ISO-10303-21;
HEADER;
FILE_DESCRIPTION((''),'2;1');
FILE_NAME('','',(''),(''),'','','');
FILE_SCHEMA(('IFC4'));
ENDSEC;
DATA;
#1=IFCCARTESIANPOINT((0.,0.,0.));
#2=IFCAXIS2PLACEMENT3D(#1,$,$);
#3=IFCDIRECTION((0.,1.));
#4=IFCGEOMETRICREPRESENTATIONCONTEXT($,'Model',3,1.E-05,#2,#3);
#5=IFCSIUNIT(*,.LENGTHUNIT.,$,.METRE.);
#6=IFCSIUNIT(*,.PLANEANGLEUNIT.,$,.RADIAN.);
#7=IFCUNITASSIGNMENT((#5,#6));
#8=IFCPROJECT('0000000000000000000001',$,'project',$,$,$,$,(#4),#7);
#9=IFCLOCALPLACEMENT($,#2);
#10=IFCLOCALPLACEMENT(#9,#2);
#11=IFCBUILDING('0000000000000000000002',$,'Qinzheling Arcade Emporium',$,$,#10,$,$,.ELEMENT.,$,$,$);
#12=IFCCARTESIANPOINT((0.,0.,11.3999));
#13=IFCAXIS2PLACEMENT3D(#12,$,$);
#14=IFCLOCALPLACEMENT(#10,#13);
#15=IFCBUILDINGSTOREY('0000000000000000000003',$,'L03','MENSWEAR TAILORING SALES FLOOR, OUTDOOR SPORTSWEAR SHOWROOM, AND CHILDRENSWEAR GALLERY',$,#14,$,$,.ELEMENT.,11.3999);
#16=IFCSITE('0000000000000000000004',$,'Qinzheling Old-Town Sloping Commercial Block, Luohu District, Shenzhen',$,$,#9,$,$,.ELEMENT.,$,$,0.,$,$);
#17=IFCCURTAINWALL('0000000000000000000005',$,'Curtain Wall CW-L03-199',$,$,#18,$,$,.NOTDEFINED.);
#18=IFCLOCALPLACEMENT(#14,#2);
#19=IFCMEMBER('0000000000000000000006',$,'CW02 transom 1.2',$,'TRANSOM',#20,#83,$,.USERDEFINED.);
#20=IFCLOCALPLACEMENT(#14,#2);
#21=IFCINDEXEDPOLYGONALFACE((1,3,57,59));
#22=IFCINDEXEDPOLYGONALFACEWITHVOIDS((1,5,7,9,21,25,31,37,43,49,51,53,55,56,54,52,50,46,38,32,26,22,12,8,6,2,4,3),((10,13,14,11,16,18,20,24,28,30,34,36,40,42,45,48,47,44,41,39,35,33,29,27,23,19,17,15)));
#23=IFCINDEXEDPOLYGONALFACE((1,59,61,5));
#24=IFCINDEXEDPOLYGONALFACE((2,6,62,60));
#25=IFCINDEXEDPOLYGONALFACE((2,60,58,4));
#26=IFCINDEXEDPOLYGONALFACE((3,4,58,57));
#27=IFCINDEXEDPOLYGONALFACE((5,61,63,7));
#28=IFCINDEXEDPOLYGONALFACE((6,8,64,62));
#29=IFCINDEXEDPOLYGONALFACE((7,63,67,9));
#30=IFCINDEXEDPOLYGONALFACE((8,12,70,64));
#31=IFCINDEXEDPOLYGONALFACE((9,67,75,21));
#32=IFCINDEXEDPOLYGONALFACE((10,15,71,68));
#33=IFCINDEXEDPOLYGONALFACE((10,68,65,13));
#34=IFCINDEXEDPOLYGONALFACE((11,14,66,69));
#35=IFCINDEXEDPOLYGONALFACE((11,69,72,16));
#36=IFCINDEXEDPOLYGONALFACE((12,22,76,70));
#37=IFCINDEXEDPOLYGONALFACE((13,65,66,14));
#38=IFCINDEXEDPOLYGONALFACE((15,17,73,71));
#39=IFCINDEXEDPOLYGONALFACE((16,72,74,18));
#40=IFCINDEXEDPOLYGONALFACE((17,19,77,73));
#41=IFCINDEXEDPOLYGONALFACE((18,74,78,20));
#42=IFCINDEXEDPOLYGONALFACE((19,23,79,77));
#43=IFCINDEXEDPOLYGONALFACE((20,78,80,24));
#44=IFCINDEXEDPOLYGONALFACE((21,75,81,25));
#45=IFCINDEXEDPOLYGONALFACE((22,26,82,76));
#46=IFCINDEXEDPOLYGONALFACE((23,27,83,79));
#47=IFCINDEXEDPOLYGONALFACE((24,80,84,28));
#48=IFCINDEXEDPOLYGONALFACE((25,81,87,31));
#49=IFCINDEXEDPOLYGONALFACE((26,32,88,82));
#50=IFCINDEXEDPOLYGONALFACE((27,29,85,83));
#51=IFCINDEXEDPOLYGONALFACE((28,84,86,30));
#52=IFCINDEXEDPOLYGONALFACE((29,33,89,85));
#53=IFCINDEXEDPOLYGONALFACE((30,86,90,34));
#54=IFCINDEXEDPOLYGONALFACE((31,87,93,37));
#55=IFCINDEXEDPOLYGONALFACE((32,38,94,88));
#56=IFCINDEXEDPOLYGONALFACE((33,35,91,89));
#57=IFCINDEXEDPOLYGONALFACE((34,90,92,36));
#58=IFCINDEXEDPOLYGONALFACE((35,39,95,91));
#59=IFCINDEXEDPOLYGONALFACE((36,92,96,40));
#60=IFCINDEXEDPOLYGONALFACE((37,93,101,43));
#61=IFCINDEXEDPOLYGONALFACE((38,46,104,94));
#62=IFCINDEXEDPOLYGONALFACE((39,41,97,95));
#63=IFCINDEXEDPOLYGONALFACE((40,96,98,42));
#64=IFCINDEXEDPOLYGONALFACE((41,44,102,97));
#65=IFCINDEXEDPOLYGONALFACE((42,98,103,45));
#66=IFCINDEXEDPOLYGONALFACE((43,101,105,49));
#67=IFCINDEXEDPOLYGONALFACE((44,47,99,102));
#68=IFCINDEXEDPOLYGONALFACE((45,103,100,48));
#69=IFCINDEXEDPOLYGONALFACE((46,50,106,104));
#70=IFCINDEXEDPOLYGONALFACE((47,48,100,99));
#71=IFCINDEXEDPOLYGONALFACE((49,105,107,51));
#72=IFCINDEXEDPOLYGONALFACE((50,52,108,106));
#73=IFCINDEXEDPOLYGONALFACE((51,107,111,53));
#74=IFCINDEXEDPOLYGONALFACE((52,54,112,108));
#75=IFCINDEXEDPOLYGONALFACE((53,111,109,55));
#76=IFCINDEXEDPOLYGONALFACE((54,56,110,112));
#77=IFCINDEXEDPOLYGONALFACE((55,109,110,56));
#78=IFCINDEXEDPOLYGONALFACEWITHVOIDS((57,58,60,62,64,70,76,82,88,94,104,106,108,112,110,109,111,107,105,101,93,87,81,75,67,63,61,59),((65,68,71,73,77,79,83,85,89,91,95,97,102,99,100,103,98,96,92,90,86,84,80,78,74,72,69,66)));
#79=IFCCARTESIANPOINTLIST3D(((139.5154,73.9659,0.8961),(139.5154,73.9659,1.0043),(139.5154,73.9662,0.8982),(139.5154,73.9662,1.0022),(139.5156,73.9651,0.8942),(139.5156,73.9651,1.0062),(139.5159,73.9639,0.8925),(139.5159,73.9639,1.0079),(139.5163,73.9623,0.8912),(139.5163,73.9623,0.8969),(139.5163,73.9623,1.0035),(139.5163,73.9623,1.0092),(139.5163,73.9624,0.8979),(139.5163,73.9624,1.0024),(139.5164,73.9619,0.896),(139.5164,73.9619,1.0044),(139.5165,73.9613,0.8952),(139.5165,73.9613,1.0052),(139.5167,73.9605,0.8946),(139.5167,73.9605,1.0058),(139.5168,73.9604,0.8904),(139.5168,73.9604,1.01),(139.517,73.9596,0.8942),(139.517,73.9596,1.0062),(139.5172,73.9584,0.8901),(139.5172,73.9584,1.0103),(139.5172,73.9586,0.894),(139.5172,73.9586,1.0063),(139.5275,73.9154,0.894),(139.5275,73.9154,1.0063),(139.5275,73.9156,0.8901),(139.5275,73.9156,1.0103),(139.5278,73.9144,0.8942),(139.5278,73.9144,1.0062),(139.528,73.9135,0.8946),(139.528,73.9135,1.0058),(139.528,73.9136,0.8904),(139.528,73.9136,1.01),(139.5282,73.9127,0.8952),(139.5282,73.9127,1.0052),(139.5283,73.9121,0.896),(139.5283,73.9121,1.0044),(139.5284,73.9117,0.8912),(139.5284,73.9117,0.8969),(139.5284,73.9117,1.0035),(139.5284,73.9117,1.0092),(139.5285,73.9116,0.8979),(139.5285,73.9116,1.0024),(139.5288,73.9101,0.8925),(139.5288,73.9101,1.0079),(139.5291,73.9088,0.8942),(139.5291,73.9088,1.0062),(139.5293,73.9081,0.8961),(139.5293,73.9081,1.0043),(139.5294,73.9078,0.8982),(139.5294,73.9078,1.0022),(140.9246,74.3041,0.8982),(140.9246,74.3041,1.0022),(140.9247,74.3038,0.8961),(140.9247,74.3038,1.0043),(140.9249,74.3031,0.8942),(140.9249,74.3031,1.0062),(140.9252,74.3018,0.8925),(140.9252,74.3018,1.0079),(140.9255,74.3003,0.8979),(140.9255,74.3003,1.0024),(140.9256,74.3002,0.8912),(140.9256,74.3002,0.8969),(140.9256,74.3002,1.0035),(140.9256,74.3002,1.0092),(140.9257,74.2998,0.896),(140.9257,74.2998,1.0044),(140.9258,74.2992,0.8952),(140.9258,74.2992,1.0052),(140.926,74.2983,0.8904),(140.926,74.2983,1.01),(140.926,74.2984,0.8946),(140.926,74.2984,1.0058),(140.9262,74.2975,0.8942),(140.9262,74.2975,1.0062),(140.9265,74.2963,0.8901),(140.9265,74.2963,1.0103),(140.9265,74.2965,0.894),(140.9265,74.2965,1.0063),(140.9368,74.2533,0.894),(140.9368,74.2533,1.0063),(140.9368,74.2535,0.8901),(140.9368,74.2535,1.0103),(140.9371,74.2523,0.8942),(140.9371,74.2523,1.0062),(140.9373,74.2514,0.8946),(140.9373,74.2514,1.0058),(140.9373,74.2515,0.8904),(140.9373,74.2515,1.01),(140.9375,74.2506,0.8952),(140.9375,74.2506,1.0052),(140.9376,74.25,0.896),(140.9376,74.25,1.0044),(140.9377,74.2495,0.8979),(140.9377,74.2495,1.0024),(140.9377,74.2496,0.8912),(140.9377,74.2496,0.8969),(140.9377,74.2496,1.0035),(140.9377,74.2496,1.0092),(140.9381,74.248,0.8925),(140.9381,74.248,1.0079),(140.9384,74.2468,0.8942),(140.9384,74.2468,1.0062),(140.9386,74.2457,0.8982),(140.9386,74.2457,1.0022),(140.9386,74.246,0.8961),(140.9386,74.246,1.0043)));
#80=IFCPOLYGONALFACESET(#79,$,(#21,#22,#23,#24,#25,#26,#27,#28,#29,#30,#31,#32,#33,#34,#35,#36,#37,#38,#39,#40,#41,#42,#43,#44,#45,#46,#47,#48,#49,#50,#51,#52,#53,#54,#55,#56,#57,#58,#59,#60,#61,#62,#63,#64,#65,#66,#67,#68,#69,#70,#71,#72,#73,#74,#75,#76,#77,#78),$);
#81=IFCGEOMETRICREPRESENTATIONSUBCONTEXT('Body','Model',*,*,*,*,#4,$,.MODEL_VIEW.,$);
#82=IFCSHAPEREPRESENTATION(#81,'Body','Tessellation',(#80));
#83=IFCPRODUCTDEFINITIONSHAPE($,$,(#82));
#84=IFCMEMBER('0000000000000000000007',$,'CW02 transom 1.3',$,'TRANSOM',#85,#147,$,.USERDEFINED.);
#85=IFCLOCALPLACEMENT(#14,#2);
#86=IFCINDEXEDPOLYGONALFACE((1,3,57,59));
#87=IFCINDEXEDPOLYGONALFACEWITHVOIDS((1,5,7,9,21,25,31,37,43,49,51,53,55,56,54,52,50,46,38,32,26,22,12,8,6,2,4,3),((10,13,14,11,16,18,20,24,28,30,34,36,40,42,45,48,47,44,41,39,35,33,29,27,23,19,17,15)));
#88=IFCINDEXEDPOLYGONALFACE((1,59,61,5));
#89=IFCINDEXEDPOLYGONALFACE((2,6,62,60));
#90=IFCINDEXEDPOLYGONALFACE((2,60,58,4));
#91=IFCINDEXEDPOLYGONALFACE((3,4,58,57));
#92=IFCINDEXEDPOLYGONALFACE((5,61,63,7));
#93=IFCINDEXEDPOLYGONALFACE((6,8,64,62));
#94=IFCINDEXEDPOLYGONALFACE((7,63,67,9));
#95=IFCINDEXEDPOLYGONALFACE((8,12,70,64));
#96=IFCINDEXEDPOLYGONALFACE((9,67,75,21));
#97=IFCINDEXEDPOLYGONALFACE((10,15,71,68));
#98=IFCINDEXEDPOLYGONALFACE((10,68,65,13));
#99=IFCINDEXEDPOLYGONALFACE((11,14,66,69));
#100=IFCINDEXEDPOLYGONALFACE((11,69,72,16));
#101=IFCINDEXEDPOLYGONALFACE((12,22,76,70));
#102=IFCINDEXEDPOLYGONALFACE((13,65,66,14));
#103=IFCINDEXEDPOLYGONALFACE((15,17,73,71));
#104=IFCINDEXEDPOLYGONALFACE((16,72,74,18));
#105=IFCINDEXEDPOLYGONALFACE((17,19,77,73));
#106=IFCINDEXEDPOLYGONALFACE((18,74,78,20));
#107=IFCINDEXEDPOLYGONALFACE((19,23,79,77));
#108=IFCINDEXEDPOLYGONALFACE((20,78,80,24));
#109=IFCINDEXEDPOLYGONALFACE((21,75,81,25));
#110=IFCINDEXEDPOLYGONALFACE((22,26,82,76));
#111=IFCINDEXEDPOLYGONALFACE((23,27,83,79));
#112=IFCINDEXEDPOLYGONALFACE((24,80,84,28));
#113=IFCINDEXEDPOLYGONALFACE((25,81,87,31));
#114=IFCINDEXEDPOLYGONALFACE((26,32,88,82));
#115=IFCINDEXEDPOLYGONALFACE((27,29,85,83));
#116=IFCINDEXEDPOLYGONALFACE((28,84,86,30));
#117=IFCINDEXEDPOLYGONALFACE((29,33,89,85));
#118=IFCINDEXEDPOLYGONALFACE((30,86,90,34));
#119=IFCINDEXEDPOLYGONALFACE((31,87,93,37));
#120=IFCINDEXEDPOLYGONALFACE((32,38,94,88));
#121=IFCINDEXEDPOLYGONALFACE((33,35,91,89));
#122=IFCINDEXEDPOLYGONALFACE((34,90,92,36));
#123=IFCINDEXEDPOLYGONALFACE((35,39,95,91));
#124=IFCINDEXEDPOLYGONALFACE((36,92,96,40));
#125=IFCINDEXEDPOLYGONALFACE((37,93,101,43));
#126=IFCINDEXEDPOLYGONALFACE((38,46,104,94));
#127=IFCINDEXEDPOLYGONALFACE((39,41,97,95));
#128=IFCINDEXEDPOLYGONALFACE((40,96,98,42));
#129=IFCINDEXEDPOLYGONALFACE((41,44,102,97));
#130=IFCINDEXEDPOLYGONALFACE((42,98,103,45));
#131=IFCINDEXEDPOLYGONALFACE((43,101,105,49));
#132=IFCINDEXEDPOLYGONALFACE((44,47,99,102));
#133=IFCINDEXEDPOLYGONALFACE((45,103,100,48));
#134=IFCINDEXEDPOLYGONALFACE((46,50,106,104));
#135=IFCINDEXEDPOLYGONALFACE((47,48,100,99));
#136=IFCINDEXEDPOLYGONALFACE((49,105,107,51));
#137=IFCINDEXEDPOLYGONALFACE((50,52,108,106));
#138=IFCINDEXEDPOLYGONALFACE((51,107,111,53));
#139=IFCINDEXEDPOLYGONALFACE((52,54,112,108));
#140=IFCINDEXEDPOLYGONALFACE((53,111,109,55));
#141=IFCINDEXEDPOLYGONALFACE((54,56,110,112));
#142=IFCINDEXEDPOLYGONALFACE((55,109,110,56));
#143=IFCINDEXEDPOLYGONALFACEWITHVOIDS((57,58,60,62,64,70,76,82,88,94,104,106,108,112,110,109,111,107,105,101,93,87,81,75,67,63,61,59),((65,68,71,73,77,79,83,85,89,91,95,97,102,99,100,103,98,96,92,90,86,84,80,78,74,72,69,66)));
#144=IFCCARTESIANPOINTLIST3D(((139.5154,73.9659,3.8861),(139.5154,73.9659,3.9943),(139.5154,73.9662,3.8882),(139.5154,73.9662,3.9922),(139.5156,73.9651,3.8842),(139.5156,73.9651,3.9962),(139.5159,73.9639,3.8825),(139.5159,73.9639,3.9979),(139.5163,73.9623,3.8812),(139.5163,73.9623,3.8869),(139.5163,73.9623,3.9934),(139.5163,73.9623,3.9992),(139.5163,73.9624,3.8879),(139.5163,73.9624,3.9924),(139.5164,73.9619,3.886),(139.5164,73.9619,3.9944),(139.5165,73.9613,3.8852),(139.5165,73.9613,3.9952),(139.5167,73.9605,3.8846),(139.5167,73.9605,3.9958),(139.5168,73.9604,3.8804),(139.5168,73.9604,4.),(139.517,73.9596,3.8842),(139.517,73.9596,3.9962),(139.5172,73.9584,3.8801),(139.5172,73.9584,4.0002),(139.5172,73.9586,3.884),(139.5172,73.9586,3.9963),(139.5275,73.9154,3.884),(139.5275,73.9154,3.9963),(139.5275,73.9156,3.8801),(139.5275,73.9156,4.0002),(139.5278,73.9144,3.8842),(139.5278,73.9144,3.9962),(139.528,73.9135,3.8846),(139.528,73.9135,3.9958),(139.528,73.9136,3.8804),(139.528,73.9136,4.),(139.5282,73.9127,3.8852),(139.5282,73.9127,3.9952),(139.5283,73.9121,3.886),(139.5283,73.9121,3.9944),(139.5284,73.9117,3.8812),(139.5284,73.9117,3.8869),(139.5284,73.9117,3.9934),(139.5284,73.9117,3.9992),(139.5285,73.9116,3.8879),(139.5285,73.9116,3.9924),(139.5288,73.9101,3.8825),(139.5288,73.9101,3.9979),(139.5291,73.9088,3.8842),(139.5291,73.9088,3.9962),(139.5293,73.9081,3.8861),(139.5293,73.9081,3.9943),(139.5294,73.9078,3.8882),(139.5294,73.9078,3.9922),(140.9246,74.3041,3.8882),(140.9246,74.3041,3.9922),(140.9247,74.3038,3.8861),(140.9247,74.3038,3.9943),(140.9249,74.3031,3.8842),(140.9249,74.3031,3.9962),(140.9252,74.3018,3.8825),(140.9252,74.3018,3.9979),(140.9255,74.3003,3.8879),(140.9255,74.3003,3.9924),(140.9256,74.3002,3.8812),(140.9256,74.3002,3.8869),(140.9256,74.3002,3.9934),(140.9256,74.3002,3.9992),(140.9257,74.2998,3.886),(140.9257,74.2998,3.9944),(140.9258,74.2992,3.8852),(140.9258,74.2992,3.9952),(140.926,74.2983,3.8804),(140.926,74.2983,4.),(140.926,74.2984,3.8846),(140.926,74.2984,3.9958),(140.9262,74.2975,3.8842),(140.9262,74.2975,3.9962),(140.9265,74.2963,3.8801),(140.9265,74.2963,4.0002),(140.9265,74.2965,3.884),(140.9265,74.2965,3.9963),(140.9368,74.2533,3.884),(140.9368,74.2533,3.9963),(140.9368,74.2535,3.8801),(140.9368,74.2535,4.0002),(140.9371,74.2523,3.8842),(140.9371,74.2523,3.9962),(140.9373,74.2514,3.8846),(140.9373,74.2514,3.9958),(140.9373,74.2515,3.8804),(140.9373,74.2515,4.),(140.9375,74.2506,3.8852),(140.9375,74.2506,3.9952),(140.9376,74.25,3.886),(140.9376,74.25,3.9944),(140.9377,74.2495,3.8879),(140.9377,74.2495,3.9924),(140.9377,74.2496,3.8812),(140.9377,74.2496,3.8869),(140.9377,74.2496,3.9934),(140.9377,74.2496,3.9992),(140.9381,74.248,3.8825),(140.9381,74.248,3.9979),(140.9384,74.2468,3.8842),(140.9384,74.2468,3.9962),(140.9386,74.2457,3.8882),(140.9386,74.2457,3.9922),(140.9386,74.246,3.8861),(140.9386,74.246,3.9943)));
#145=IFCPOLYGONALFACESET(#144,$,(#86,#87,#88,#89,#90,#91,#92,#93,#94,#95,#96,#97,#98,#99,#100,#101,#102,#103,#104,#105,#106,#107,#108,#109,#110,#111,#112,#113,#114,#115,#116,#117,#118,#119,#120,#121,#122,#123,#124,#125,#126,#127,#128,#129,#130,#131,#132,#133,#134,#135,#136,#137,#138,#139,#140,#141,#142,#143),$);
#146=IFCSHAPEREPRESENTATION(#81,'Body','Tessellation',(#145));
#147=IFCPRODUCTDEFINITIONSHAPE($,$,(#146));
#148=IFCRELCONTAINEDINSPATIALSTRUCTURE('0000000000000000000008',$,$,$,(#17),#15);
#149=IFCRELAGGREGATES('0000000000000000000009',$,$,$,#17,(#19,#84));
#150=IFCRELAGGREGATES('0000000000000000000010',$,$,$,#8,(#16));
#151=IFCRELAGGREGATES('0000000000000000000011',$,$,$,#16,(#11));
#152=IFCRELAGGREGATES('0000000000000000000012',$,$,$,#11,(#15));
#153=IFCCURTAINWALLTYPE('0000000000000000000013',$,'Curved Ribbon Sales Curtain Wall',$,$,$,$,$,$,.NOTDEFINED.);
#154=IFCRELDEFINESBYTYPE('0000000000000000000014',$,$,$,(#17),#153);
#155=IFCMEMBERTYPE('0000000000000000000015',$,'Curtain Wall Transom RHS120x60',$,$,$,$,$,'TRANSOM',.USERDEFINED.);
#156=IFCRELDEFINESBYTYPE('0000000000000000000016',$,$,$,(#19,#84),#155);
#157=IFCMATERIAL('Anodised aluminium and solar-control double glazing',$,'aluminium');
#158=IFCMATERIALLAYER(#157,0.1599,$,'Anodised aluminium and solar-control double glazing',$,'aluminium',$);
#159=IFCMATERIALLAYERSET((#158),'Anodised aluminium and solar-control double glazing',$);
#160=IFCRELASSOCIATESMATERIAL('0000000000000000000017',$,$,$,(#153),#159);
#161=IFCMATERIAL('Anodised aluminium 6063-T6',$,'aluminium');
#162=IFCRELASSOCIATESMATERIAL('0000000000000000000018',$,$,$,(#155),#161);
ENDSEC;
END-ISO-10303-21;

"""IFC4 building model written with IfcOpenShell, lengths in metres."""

from ifc_helpers import new_model, si_unit, direction, frame, origin, origin_2d, place, context, subcontext, project, spatial, hollow_rectangle, extrude, material, layer, layer_set, material_profile, profile_set, type_object, element, aggregate, save


model = new_model("IFC4")

# Units and contexts
model_context = context("Model", 3, precision=1e-05, world=origin(), true_north=direction((0.0, 1.0)))
body_context = subcontext(model_context, "Body", "Model", "MODEL_VIEW")
ifc_project = project(units=[si_unit("LENGTHUNIT", "METRE"), si_unit("PLANEANGLEUNIT", "RADIAN")], contexts=[model_context])

# Site, building, storey
site_placement = place(None, origin())
site = spatial("IfcSite", under=ifc_project, at=site_placement, Name="Qinzheling Old-Town Sloping Commercial Block, Luohu District, Shenzhen", CompositionType="ELEMENT", RefElevation=0.0)
building_placement = place(site_placement, origin())
building = spatial("IfcBuilding", under=site, at=building_placement, Name="Qinzheling Arcade Emporium", CompositionType="ELEMENT")
storey_placement = place(building_placement, frame((0.0, 0.0, 11.3999)))
storey = spatial("IfcBuildingStorey", under=building, at=storey_placement, Name="L03", Description="MENSWEAR TAILORING SALES FLOOR, OUTDOOR SPORTSWEAR SHOWROOM, AND CHILDRENSWEAR GALLERY", CompositionType="ELEMENT", Elevation=11.3999)

# Curtain wall
ifc_material_1 = material(Name="Anodised aluminium and solar-control double glazing", Category="aluminium")
ifc_layer_1 = layer(ifc_material_1, 0.1599, Name="Anodised aluminium and solar-control double glazing", Category="aluminium")
ifc_layer_set_1 = layer_set([ifc_layer_1], Name="Anodised aluminium and solar-control double glazing")
curtain_wall_type_1 = type_object("IfcCurtainWallType", Name="Curved Ribbon Sales Curtain Wall", PredefinedType="NOTDEFINED", material=ifc_layer_set_1)
curtain_wall_1_placement = place(storey_placement, origin())
curtain_wall_1 = element("IfcCurtainWall", 1, at=curtain_wall_1_placement, inside=storey, type_object=curtain_wall_type_1, Name="Curtain Wall CW-L03-199", PredefinedType="NOTDEFINED")
ifc_material_2 = material(Name="Anodised aluminium 6063-T6", Category="aluminium")

# Members
ifc_material_profile_1 = material_profile(ifc_material_2, hollow_rectangle(XDim=0.0601, YDim=0.1201, WallThickness=0.0039, InnerFilletRadius=0.0039, OuterFilletRadius=0.0081, at=origin_2d()), Name="RHS 120x60x4", Category="aluminium")
ifc_profile_set_1 = profile_set([ifc_material_profile_1], Name="Anodised aluminium 6063-T6")
member_type_1 = type_object("IfcMemberType", Name="Curtain Wall Transom RHS120x60", ElementType="TRANSOM", PredefinedType="USERDEFINED", material=ifc_profile_set_1)
member_1_placement = place(storey_placement, frame((140.9316, 74.2749, 0.9502), z_axis=(-0.972436, -0.233169, 0.0), x_axis=(0.233169, -0.972436, 0.0)))
member_1 = element("IfcMember", 2, at=member_1_placement, type_object=member_type_1, Name="CW02 transom 1.2", ObjectType="TRANSOM", PredefinedType="USERDEFINED", context=body_context, shape_type="SweptSolid", body=[
    extrude(hollow_rectangle(XDim=0.0601, YDim=0.1201, WallThickness=0.0039, InnerFilletRadius=0.0039, OuterFilletRadius=0.0081, at=origin_2d()), origin(), (0.0, 0.0, 1.0), 1.4492),
])
member_2_placement = place(storey_placement, frame((140.9316, 74.2749, 3.9402), z_axis=(-0.972436, -0.233169, 0.0), x_axis=(0.233169, -0.972436, 0.0)))
member_2 = element("IfcMember", 3, at=member_2_placement, type_object=member_type_1, Name="CW02 transom 1.3", ObjectType="TRANSOM", PredefinedType="USERDEFINED", context=body_context, shape_type="SweptSolid", body=[
    extrude(hollow_rectangle(XDim=0.0601, YDim=0.1201, WallThickness=0.0039, InnerFilletRadius=0.0039, OuterFilletRadius=0.0081, at=origin_2d()), origin(), (0.0, 0.0, 1.0), 1.4492),
])

aggregate(curtain_wall_1, [member_1, member_2])

save(model, "model.ifc")
